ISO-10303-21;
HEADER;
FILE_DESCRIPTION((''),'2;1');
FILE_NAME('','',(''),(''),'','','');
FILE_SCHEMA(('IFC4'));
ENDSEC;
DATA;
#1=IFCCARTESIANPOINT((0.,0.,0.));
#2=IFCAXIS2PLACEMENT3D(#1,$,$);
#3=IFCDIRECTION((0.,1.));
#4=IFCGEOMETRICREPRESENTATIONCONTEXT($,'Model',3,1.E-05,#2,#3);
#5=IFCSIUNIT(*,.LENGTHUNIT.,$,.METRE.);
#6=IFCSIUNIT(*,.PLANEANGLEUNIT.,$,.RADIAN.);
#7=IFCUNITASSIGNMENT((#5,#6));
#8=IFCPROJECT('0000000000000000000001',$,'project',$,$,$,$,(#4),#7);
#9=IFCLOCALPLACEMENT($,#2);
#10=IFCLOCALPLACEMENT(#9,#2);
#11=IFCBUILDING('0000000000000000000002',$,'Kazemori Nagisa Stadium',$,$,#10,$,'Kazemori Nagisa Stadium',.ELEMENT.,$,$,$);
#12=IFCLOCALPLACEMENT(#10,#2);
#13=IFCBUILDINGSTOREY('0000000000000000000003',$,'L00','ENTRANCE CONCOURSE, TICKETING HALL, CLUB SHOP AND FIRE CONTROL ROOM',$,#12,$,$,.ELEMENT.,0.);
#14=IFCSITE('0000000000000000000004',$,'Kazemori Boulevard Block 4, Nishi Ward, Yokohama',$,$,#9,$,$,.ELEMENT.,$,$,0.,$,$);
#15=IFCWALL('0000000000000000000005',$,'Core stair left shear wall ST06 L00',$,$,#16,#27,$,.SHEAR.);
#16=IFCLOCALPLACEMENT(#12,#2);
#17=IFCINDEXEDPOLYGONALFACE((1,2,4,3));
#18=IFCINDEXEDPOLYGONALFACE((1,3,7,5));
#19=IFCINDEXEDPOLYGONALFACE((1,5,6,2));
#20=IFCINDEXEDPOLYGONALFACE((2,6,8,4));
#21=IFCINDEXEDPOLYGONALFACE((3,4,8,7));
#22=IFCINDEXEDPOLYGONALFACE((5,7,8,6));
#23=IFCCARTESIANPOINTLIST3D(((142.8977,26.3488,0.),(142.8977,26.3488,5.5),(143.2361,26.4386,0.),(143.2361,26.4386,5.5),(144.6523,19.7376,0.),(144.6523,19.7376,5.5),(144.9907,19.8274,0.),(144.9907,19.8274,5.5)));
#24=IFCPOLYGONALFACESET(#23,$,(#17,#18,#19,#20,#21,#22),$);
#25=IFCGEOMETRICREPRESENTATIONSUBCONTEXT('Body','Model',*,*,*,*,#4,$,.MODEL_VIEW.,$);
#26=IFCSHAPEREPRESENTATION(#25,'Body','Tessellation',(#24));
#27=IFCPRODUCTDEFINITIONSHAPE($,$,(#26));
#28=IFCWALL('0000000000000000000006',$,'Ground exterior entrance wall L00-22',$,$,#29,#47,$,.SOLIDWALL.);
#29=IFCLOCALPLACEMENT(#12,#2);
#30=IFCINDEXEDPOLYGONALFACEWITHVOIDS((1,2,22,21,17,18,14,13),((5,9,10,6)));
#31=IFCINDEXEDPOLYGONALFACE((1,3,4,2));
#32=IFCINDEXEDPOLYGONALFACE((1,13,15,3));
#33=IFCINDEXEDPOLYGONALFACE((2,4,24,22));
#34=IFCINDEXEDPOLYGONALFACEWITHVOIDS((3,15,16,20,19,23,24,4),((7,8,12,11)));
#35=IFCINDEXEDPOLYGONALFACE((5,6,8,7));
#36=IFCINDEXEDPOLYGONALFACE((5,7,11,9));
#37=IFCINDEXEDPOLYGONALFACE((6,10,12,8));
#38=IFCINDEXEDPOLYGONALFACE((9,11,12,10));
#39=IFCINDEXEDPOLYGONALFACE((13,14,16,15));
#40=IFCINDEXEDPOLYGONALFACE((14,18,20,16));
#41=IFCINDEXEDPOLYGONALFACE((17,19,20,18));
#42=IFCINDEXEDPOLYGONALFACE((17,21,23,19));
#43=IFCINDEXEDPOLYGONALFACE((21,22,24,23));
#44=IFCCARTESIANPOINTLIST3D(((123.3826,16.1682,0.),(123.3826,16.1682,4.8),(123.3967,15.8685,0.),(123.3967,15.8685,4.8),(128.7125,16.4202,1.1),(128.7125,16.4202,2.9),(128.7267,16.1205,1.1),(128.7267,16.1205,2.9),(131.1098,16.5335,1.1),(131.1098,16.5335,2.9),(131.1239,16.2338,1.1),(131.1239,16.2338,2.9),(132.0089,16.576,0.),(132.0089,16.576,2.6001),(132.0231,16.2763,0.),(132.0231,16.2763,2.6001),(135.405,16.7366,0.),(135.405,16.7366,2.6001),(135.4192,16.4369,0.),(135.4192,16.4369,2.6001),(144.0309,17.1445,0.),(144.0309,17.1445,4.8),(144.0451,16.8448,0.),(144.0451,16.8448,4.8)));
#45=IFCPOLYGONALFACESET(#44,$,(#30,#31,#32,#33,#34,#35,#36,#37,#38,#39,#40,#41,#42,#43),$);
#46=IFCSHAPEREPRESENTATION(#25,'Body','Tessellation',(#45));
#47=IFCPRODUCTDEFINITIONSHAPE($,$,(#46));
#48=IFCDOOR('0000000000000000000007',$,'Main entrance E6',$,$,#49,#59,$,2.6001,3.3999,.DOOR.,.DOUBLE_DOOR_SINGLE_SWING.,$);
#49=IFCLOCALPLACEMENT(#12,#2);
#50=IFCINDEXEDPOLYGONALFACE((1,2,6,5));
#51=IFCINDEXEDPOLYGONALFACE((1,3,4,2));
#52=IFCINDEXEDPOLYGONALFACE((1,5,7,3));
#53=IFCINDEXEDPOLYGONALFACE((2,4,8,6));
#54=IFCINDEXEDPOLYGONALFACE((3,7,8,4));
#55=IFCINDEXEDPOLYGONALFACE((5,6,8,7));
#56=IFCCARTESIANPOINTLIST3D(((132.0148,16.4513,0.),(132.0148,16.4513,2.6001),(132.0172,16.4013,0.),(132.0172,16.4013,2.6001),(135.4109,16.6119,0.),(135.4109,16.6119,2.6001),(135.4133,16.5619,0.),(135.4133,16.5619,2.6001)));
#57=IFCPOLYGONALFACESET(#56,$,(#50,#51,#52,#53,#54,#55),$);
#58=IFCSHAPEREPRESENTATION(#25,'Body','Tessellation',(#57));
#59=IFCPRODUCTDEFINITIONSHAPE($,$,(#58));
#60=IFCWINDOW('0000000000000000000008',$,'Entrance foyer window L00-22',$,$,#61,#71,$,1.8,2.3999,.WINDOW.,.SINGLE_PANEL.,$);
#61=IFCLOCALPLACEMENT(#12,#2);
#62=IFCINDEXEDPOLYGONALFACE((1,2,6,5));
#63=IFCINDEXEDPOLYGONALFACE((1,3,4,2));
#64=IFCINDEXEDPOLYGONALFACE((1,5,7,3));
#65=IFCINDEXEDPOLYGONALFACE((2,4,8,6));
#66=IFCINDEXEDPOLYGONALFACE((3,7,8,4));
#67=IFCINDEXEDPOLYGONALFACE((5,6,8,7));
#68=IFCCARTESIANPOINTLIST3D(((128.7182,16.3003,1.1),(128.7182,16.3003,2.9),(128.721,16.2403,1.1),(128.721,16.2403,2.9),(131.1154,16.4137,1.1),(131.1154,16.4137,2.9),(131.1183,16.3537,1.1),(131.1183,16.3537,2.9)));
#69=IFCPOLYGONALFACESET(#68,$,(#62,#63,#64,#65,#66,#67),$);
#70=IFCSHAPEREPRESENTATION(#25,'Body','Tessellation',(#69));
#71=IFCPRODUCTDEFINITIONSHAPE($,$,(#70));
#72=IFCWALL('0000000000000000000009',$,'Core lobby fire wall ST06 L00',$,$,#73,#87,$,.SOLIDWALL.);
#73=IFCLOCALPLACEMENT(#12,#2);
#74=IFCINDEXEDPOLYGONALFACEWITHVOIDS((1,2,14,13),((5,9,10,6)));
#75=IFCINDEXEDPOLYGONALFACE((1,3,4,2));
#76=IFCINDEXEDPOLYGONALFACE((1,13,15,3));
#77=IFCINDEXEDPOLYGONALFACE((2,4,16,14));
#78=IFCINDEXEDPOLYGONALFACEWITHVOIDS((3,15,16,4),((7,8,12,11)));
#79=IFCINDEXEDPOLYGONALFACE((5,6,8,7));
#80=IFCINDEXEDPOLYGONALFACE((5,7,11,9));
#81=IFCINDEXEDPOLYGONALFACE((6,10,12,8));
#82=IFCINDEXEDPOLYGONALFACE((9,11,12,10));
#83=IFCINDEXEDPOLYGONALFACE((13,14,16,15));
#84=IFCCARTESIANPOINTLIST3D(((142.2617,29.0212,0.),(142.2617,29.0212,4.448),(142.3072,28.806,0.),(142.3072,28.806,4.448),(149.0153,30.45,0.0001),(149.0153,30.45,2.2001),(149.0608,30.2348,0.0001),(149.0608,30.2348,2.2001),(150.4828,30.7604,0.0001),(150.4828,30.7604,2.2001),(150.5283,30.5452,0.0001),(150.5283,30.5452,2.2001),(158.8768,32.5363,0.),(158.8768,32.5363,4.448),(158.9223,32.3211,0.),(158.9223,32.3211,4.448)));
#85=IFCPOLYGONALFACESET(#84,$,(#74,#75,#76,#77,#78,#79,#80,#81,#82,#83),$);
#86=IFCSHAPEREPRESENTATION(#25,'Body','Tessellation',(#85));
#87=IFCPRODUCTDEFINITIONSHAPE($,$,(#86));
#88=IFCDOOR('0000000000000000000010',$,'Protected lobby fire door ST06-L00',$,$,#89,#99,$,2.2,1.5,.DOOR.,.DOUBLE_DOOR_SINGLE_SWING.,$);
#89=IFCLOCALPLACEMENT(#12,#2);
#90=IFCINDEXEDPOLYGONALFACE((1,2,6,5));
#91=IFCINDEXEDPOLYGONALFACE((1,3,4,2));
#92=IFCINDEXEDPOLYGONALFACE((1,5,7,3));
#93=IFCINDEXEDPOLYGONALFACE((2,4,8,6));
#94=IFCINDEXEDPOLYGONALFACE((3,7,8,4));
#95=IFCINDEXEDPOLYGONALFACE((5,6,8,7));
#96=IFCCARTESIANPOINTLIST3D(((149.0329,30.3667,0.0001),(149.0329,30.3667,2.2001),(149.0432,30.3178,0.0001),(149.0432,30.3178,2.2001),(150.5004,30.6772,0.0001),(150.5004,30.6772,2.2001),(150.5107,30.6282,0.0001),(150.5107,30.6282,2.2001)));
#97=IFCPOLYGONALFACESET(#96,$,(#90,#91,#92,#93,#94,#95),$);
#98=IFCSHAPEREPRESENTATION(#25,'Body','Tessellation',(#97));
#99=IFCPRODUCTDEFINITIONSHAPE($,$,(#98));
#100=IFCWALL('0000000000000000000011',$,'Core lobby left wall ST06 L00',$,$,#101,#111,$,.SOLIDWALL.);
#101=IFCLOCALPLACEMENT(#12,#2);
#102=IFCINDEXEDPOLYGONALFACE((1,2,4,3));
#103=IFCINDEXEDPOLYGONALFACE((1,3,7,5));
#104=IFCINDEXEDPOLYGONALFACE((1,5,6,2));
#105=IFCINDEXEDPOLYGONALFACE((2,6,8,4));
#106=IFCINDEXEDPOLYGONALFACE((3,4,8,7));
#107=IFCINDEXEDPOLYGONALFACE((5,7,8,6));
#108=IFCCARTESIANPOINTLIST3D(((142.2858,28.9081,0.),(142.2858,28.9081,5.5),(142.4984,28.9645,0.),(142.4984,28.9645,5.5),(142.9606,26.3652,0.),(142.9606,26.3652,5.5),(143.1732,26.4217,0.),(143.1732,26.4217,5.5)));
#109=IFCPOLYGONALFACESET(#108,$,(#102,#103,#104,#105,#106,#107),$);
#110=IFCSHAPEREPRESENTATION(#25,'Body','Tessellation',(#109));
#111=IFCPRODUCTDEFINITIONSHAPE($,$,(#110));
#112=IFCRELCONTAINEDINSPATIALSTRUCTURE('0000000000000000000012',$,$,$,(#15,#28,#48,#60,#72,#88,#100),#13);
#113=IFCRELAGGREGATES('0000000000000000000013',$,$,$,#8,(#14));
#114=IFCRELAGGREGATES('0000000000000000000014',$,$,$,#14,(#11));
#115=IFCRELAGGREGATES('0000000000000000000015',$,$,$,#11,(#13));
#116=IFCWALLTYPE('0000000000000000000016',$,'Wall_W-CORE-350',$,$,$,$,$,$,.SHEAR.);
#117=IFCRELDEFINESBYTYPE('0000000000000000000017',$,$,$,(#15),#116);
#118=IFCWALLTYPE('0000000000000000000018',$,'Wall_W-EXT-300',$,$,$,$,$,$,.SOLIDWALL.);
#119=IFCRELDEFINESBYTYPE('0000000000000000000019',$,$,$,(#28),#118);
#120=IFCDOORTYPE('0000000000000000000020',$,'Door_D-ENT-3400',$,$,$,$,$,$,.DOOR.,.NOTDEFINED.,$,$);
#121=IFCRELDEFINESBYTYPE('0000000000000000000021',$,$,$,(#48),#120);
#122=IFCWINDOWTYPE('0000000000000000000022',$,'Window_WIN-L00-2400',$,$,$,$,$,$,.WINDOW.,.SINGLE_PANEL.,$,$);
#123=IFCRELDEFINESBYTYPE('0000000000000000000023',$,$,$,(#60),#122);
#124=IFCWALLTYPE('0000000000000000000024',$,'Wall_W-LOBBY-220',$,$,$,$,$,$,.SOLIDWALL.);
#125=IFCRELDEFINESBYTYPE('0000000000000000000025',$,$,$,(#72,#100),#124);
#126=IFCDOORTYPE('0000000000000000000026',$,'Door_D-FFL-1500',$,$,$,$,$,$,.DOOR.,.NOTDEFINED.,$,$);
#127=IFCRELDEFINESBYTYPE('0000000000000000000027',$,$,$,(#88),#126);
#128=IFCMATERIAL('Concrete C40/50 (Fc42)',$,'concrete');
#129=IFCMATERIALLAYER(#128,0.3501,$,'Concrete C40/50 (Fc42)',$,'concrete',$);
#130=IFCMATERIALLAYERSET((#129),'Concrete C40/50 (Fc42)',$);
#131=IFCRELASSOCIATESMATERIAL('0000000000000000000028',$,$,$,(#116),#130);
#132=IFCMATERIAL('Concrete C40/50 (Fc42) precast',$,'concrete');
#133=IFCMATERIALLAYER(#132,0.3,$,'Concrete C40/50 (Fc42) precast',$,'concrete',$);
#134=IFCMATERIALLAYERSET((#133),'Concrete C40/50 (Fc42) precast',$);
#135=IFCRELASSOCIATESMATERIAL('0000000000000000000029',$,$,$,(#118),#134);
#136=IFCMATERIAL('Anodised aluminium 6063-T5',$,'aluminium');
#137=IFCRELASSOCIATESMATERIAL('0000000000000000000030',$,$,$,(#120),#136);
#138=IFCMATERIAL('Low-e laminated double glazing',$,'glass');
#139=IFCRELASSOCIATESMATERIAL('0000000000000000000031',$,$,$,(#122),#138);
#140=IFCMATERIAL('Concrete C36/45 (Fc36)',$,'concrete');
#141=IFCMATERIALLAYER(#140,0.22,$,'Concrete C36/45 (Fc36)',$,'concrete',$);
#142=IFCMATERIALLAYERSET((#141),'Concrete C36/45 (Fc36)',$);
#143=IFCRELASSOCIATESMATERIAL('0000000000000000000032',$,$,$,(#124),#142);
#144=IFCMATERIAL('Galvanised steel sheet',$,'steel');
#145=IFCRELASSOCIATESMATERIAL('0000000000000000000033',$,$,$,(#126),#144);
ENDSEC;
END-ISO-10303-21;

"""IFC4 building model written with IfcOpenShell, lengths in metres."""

from ifc_helpers import new_model, si_unit, direction, frame, frame_2d, origin, place, context, subcontext, project, spatial, rectangle, extrude, material, layer, layer_set, type_object, element, fill, save


model = new_model("IFC4")

# Units and contexts
model_context = context("Model", 3, precision=1e-05, world=origin(), true_north=direction((0.0, 1.0)))
body_context = subcontext(model_context, "Body", "Model", "MODEL_VIEW")
ifc_project = project(units=[si_unit("LENGTHUNIT", "METRE"), si_unit("PLANEANGLEUNIT", "RADIAN")], contexts=[model_context])

# Site, building, storey
site_placement = place(None, origin())
site = spatial("IfcSite", under=ifc_project, at=site_placement, Name="Kazemori Boulevard Block 4, Nishi Ward, Yokohama", CompositionType="ELEMENT", RefElevation=0.0)
building_placement = place(site_placement, origin())
building = spatial("IfcBuilding", under=site, at=building_placement, Name="Kazemori Nagisa Stadium", LongName="Kazemori Nagisa Stadium", CompositionType="ELEMENT")
storey_placement = place(building_placement, origin())
storey = spatial("IfcBuildingStorey", under=building, at=storey_placement, Name="L00", Description="ENTRANCE CONCOURSE, TICKETING HALL, CLUB SHOP AND FIRE CONTROL ROOM", CompositionType="ELEMENT", Elevation=0.0)

# Shared definitions
ifc_material_1 = material(Name="Concrete C40/50 (Fc42)", Category="concrete")

# Shared definitions
ifc_layer_1 = layer(ifc_material_1, 0.3501, Name="Concrete C40/50 (Fc42)", Category="concrete")
ifc_layer_set_1 = layer_set([ifc_layer_1], Name="Concrete C40/50 (Fc42)")
wall_type_1 = type_object("IfcWallType", Name="Wall_W-CORE-350", PredefinedType="SHEAR", material=ifc_layer_set_1)
ifc_material_2 = material(Name="Galvanised steel sheet", Category="steel")

# Wall
wall_1_placement = place(storey_placement, frame((143.0669, 26.3936, 0.0), z_axis=(0.0, 0.0, 1.0), x_axis=(0.256518, -0.966539, 0.0)))
element("IfcWall", 1, at=wall_1_placement, inside=storey, type_object=wall_type_1, Name="Core stair left shear wall ST06 L00", PredefinedType="SHEAR", context=body_context, shape_type="SweptSolid", body=[
    extrude(rectangle(XDim=6.8401, YDim=0.3501, at=frame_2d((3.4199, 0.0))), origin(), (0.0, 0.0, 1.0), 5.5),
])

# Wall, openings, door, window
ifc_material_3 = material(Name="Concrete C40/50 (Fc42) precast", Category="concrete")
ifc_layer_2 = layer(ifc_material_3, 0.3, Name="Concrete C40/50 (Fc42) precast", Category="concrete")
ifc_layer_set_2 = layer_set([ifc_layer_2], Name="Concrete C40/50 (Fc42) precast")
wall_type_2 = type_object("IfcWallType", Name="Wall_W-EXT-300", PredefinedType="SOLIDWALL", material=ifc_layer_set_2)
wall_2_placement = place(storey_placement, frame((123.3896, 16.0183, 0.0), z_axis=(0.0, 0.0, 1.0), x_axis=(0.998884, 0.04723, 0.0)))
wall_2 = element("IfcWall", 2, at=wall_2_placement, inside=storey, type_object=wall_type_2, Name="Ground exterior entrance wall L00-22", PredefinedType="SOLIDWALL", context=body_context, shape_type="SweptSolid", body=[
    extrude(rectangle(XDim=20.6714, YDim=0.3, at=frame_2d((10.3357, 0.0))), origin(), (0.0, 0.0, 1.0), 4.8),
])
opening_1_placement = place(wall_2_placement, frame((8.636, 0.0, 0.0)))
opening_1 = element("IfcOpeningElement", 3, at=opening_1_placement, cuts=wall_2, PredefinedType="OPENING", context=body_context, shape_type="SweptSolid", body=[
    extrude(rectangle(XDim=3.3999, YDim=2.6001, at=frame_2d((1.7, 1.3))), frame((0.0, 0.1599, 0.0), z_axis=(0.0, -1.0, 0.0), x_axis=(1.0, 0.0, 0.0)), (0.0, 0.0, 1.0), 0.3201),
])
opening_2_placement = place(wall_2_placement, frame((5.3359, 0.0, 1.1001)))
opening_2 = element("IfcOpeningElement", 4, at=opening_2_placement, cuts=wall_2, PredefinedType="OPENING", context=body_context, shape_type="SweptSolid", body=[
    extrude(rectangle(XDim=2.3999, YDim=1.8, at=frame_2d((1.2, 0.8999))), frame((0.0, 0.1599, 0.0), z_axis=(0.0, -1.0, 0.0), x_axis=(1.0, 0.0, 0.0)), (0.0, 0.0, 1.0), 0.3201),
])
ifc_material_4 = material(Name="Anodised aluminium 6063-T5", Category="aluminium")
door_type_1 = type_object("IfcDoorType", Name="Door_D-ENT-3400", OperationType="NOTDEFINED", PredefinedType="DOOR", material=ifc_material_4)
door_1_placement = place(opening_1_placement, frame((3.3999, 0.0, 0.0), z_axis=(0.0, 0.0, 1.0), x_axis=(-1.0, 0.0, 0.0)))
door_1 = element("IfcDoor", 5, at=door_1_placement, inside=storey, type_object=door_type_1, Name="Main entrance E6", OperationType="DOUBLE_DOOR_SINGLE_SWING", OverallHeight=2.6001, OverallWidth=3.3999, PredefinedType="DOOR", context=body_context, shape_type="SweptSolid", body=[
    extrude(rectangle(XDim=3.3999, YDim=2.6001, at=frame_2d((1.7, 1.3))), frame((0.0, 0.0249, 0.0), z_axis=(0.0, -1.0, 0.0), x_axis=(1.0, 0.0, 0.0)), (0.0, 0.0, 1.0), 0.05),
])
fill(opening_1, door_1)
ifc_material_5 = material(Name="Low-e laminated double glazing", Category="glass")
window_type = type_object("IfcWindowType", Name="Window_WIN-L00-2400", PartitioningType="SINGLE_PANEL", PredefinedType="WINDOW", material=ifc_material_5)
window_placement = place(opening_2_placement, origin())
window = element("IfcWindow", 6, at=window_placement, inside=storey, type_object=window_type, Name="Entrance foyer window L00-22", OverallHeight=1.8, OverallWidth=2.3999, PartitioningType="SINGLE_PANEL", PredefinedType="WINDOW", context=body_context, shape_type="SweptSolid", body=[
    extrude(rectangle(XDim=2.3999, YDim=1.8, at=frame_2d((1.2, 0.8999))), frame((0.0, 0.03, 0.0), z_axis=(0.0, -1.0, 0.0), x_axis=(1.0, 0.0, 0.0)), (0.0, 0.0, 1.0), 0.0601),
])
fill(opening_2, window)

# Wall, opening, door
ifc_material_6 = material(Name="Concrete C36/45 (Fc36)", Category="concrete")
ifc_layer_3 = layer(ifc_material_6, 0.22, Name="Concrete C36/45 (Fc36)", Category="concrete")
ifc_layer_set_3 = layer_set([ifc_layer_3], Name="Concrete C36/45 (Fc36)")
wall_type_3 = type_object("IfcWallType", Name="Wall_W-LOBBY-220", PredefinedType="SOLIDWALL", material=ifc_layer_set_3)
wall_3_placement = place(storey_placement, frame((142.2844, 28.9136, 0.0), z_axis=(0.0, 0.0, 1.0), x_axis=(0.978345, 0.20698, 0.0)))
wall_3 = element("IfcWall", 7, at=wall_3_placement, inside=storey, type_object=wall_type_3, Name="Core lobby fire wall ST06 L00", PredefinedType="SOLIDWALL", context=body_context, shape_type="SweptSolid", body=[
    extrude(rectangle(XDim=16.9829, YDim=0.22, at=frame_2d((8.4915, 0.0))), origin(), (0.0, 0.0, 1.0), 4.448),
])
opening_3_placement = place(wall_3_placement, frame((6.9031, 0.0, 0.0)))
opening_3 = element("IfcOpeningElement", 8, at=opening_3_placement, cuts=wall_3, PredefinedType="OPENING", context=body_context, shape_type="SweptSolid", body=[
    extrude(rectangle(XDim=1.5, YDim=2.2, at=frame_2d((0.75, 1.1001))), frame((0.0, 0.1199, 0.0), z_axis=(0.0, -1.0, 0.0), x_axis=(1.0, 0.0, 0.0)), (0.0, 0.0, 1.0), 0.24),
])
door_type_2 = type_object("IfcDoorType", Name="Door_D-FFL-1500", OperationType="NOTDEFINED", PredefinedType="DOOR", material=ifc_material_2)
door_2_placement = place(opening_3_placement, origin())
door_2 = element("IfcDoor", 9, at=door_2_placement, inside=storey, type_object=door_type_2, Name="Protected lobby fire door ST06-L00", OperationType="DOUBLE_DOOR_SINGLE_SWING", OverallHeight=2.2, OverallWidth=1.5, PredefinedType="DOOR", context=body_context, shape_type="SweptSolid", body=[
    extrude(rectangle(XDim=1.5, YDim=2.2, at=frame_2d((0.75, 1.1001))), frame((0.0, 0.0249, 0.0), z_axis=(0.0, -1.0, 0.0), x_axis=(1.0, 0.0, 0.0)), (0.0, 0.0, 1.0), 0.05),
])
fill(opening_3, door_2)

# Wall
wall_4_placement = place(storey_placement, frame((142.3921, 28.9363, 0.0), z_axis=(0.0, 0.0, 1.0), x_axis=(0.256507, -0.966542, 0.0)))
element("IfcWall", 10, at=wall_4_placement, inside=storey, type_object=wall_type_3, Name="Core lobby left wall ST06 L00", PredefinedType="SOLIDWALL", context=body_context, shape_type="SweptSolid", body=[
    extrude(rectangle(XDim=2.6309, YDim=0.22, at=frame_2d((1.3154, 0.0))), origin(), (0.0, 0.0, 1.0), 5.5),
])

save(model, "model.ifc")
